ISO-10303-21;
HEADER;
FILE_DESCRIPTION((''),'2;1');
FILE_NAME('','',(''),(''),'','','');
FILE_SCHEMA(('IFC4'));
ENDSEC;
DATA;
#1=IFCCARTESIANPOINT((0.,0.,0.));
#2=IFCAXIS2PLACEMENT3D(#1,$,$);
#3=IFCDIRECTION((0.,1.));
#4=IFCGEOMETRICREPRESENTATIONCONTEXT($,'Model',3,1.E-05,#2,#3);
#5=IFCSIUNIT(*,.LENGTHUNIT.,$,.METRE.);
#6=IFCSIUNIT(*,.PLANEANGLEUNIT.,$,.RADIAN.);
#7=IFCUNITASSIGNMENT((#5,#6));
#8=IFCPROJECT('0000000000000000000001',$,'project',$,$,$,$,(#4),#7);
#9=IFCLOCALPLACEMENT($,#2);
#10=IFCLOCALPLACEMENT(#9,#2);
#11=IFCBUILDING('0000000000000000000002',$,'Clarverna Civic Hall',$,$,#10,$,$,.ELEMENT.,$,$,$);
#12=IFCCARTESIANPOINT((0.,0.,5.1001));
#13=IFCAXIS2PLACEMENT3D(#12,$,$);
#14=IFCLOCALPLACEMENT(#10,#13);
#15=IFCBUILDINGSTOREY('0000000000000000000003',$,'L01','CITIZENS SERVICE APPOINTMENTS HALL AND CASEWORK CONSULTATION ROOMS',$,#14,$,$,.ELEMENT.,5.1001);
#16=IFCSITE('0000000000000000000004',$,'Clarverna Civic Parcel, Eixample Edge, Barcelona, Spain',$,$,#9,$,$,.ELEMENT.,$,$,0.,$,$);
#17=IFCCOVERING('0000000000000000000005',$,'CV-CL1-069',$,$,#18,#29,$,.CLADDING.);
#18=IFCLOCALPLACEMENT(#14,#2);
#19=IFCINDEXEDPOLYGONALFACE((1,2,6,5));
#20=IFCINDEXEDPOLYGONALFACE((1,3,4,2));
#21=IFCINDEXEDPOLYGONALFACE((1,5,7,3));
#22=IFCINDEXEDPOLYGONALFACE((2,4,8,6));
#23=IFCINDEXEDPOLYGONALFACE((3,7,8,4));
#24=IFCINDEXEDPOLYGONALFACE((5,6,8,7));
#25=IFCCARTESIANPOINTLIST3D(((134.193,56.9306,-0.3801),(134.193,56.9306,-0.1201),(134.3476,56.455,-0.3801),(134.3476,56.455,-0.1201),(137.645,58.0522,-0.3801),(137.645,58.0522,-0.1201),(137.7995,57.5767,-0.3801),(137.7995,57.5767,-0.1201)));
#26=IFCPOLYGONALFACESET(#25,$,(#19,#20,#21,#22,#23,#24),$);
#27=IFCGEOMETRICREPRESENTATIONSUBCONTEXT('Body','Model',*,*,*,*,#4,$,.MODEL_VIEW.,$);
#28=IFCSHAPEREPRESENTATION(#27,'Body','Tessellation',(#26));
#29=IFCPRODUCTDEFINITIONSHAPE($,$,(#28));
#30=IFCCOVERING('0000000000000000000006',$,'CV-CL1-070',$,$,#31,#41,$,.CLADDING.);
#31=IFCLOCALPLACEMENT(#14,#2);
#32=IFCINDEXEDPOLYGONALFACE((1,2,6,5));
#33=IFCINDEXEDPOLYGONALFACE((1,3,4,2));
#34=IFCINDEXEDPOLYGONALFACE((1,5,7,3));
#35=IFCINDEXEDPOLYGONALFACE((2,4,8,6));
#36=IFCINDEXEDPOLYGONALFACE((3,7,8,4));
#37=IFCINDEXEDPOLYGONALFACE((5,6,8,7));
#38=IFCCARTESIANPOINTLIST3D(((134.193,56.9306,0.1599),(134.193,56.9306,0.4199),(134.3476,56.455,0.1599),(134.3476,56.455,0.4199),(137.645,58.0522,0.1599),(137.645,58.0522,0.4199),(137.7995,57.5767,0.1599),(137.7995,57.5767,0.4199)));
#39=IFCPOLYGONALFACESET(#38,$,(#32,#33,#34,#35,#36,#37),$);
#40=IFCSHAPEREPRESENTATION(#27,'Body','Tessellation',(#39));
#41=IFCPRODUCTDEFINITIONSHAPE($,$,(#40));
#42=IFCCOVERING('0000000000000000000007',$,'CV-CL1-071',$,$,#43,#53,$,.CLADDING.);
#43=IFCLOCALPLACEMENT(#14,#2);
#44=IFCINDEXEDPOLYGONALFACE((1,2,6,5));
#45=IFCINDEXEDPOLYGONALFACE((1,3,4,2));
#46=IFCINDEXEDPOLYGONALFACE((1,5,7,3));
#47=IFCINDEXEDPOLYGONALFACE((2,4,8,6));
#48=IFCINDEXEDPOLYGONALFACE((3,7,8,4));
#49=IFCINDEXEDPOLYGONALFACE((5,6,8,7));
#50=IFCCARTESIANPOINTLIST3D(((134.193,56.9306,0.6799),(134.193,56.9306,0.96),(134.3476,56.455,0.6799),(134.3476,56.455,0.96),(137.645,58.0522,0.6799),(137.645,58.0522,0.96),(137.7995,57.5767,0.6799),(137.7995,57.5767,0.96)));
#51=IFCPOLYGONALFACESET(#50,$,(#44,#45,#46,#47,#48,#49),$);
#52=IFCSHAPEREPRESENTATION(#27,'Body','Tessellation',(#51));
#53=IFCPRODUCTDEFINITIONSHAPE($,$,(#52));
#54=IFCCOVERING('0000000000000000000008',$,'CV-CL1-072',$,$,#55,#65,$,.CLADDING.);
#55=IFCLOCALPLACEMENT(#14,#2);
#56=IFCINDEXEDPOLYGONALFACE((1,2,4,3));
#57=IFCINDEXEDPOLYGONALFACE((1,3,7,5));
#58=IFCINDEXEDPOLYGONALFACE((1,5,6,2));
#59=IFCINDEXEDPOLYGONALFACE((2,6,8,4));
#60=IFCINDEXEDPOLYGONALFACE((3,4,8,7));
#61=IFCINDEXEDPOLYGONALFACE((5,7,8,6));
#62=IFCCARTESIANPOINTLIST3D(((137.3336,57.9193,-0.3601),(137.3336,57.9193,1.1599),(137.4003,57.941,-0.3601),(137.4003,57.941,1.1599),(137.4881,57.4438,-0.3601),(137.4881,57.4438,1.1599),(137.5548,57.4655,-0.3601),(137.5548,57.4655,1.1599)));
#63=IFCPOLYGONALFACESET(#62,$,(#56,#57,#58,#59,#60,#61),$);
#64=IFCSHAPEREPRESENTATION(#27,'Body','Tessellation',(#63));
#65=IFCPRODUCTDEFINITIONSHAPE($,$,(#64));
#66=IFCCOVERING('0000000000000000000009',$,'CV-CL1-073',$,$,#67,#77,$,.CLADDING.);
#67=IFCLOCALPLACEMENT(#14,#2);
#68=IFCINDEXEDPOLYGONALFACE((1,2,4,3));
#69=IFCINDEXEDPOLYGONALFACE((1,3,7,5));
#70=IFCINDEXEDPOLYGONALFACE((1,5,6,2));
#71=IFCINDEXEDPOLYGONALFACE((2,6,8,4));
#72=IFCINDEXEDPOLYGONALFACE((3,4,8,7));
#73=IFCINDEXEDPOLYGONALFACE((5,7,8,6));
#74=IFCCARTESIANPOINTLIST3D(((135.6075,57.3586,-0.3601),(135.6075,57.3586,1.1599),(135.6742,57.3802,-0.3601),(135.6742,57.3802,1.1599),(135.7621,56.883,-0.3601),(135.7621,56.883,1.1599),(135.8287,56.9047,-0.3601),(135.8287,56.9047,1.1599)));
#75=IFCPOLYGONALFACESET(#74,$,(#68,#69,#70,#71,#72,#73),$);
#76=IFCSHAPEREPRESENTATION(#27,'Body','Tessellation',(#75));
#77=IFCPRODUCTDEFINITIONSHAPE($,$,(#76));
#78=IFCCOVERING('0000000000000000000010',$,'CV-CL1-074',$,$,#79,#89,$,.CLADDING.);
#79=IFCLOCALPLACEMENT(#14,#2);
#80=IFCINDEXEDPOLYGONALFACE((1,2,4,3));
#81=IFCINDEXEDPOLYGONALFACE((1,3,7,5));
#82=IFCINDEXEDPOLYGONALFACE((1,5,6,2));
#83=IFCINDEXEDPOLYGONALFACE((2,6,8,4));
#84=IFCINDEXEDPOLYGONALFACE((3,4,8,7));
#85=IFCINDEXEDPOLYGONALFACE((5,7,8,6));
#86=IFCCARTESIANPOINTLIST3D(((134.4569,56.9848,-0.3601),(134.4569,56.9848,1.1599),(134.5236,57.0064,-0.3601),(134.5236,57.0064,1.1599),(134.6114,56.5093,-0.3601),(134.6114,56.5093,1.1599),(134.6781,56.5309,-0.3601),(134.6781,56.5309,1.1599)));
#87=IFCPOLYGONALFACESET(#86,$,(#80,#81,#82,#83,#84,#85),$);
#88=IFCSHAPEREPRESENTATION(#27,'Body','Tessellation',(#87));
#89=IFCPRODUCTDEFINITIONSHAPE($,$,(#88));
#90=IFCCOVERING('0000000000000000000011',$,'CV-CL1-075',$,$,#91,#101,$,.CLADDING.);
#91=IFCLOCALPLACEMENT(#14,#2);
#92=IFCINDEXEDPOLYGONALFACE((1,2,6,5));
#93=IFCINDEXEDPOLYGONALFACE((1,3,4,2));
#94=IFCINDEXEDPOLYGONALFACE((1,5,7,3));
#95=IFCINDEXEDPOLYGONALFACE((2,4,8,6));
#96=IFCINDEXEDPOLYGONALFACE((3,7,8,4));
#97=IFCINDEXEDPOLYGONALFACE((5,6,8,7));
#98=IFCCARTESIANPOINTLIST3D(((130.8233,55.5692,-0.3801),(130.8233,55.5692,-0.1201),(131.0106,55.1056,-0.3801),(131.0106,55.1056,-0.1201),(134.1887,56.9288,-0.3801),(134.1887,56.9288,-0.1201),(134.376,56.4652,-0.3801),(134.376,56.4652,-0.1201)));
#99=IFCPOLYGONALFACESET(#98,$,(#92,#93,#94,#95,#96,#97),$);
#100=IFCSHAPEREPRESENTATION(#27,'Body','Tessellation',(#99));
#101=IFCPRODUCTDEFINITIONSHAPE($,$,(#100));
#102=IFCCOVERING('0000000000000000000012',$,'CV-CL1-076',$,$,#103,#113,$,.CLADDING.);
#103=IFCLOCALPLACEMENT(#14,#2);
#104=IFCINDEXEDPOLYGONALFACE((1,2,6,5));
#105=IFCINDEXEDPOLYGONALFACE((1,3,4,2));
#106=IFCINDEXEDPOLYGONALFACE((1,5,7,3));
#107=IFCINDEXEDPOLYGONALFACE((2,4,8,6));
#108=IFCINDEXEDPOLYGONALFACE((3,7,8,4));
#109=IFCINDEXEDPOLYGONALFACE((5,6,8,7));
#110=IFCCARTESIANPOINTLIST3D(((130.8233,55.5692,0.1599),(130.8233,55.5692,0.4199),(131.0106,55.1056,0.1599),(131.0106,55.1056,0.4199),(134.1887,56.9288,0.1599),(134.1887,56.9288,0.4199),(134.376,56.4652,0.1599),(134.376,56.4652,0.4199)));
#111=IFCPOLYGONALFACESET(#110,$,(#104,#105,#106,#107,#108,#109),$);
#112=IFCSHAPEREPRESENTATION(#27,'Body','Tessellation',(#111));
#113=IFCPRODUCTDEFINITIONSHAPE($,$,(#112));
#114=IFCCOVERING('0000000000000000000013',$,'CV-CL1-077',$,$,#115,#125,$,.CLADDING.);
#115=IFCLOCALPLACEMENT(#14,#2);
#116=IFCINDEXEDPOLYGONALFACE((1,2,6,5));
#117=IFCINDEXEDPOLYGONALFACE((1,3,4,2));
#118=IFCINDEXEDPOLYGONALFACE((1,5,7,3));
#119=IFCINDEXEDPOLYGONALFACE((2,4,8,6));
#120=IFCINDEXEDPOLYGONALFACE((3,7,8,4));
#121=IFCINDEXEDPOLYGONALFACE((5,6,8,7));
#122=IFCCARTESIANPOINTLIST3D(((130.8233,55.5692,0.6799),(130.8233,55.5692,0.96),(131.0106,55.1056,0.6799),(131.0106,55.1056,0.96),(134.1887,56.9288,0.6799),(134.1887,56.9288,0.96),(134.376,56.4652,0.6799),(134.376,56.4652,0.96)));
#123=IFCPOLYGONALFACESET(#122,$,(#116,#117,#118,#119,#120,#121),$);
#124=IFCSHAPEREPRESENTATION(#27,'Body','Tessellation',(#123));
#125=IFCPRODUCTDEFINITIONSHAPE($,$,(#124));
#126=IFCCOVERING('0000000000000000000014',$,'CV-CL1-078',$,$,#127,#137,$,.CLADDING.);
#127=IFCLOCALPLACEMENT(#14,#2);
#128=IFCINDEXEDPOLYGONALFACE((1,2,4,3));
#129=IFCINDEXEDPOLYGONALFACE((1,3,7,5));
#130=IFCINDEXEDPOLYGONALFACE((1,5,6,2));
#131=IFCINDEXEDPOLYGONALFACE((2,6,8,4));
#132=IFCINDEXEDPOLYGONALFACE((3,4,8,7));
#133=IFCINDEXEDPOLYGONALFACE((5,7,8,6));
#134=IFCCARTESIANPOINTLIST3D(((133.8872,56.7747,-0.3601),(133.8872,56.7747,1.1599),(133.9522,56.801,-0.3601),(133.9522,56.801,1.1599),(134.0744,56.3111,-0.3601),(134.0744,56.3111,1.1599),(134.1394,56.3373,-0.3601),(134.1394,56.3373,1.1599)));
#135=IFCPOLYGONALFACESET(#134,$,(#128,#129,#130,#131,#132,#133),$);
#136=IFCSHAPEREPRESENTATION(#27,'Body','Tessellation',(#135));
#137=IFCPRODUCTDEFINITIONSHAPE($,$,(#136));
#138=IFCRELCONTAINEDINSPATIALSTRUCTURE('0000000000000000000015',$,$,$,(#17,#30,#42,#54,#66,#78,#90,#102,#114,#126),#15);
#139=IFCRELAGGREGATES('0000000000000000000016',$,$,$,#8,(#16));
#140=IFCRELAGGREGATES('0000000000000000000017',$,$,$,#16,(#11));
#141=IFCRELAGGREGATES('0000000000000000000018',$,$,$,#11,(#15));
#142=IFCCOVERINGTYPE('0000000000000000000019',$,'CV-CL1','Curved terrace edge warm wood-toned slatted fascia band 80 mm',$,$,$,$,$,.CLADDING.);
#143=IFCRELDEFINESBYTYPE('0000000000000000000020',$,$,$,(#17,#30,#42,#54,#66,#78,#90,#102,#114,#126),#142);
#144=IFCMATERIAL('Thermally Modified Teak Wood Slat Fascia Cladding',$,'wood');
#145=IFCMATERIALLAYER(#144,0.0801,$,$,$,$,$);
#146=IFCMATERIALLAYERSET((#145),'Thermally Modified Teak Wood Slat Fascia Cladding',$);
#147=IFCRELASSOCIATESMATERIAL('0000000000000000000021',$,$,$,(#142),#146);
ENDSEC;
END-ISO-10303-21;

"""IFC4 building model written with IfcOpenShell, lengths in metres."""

from ifc_helpers import new_model, si_unit, direction, frame, frame_2d, origin, place, context, subcontext, project, spatial, rectangle, extrude, material, layer, layer_set, type_object, element, save


model = new_model("IFC4")

# Units and contexts
model_context = context("Model", 3, precision=1e-05, world=origin(), true_north=direction((0.0, 1.0)))
body_context = subcontext(model_context, "Body", "Model", "MODEL_VIEW")
ifc_project = project(units=[si_unit("LENGTHUNIT", "METRE"), si_unit("PLANEANGLEUNIT", "RADIAN")], contexts=[model_context])

# Site, building, storey
site_placement = place(None, origin())
site = spatial("IfcSite", under=ifc_project, at=site_placement, Name="Clarverna Civic Parcel, Eixample Edge, Barcelona, Spain", CompositionType="ELEMENT", RefElevation=0.0)
building_placement = place(site_placement, origin())
building = spatial("IfcBuilding", under=site, at=building_placement, Name="Clarverna Civic Hall", CompositionType="ELEMENT")
storey_placement = place(building_placement, frame((0.0, 0.0, 5.1001)))
storey = spatial("IfcBuildingStorey", under=building, at=storey_placement, Name="L01", Description="CITIZENS SERVICE APPOINTMENTS HALL AND CASEWORK CONSULTATION ROOMS", CompositionType="ELEMENT", Elevation=5.1001)

# Coverings
ifc_material_1 = material(Name="Thermally Modified Teak Wood Slat Fascia Cladding", Category="wood")
ifc_layer_1 = layer(ifc_material_1, 0.0801)
ifc_layer_set_1 = layer_set([ifc_layer_1], Name="Thermally Modified Teak Wood Slat Fascia Cladding")
covering_type = type_object("IfcCoveringType", Name="CV-CL1", Description="Curved terrace edge warm wood-toned slatted fascia band 80 mm", PredefinedType="CLADDING", material=ifc_layer_set_1)
for number, where, z_axis, x_axis, name in (
    (1, (137.7224, 57.8145, -0.3801), (0.0, 0.0, 1.0), (-0.951057, -0.309015, 0.0), "CV-CL1-069"),
    (2, (137.7224, 57.8145, 0.1599), (0.0, 0.0, 1.0), (-0.951057, -0.309015, 0.0), "CV-CL1-070"),
):
    element("IfcCovering", number, at=place(storey_placement, frame(where, z_axis=z_axis, x_axis=x_axis)), inside=storey, type_object=covering_type, Name=name, PredefinedType="CLADDING", context=body_context, shape_type="SweptSolid", body=[
        extrude(rectangle(XDim=3.6296, YDim=0.5, at=frame_2d((1.8149, 0.0))), origin(), (0.0, 0.0, 1.0), 0.26),
    ])
covering_1_placement = place(storey_placement, frame((137.7224, 57.8145, 0.6799), z_axis=(0.0, 0.0, 1.0), x_axis=(-0.951057, -0.309015, 0.0)))
element("IfcCovering", 3, at=covering_1_placement, inside=storey, type_object=covering_type, Name="CV-CL1-071", PredefinedType="CLADDING", context=body_context, shape_type="SweptSolid", body=[
    extrude(rectangle(XDim=3.6296, YDim=0.5, at=frame_2d((1.8149, 0.0))), origin(), (0.0, 0.0, 1.0), 0.28),
])
for number, where, z_axis, x_axis, name in (
    (4, (137.3669, 57.9302, -0.3601), (0.0, 0.0, 1.0), (0.309042, -0.951048, 0.0), "CV-CL1-072"),
    (5, (135.6409, 57.3694, -0.3601), (0.0, 0.0, 1.0), (0.309042, -0.951048, 0.0), "CV-CL1-073"),
    (6, (134.4902, 56.9956, -0.3601), (0.0, 0.0, 1.0), (0.309042, -0.951048, 0.0), "CV-CL1-074"),
):
    element("IfcCovering", number, at=place(storey_placement, frame(where, z_axis=z_axis, x_axis=x_axis)), inside=storey, type_object=covering_type, Name=name, PredefinedType="CLADDING", context=body_context, shape_type="SweptSolid", body=[
        extrude(rectangle(XDim=0.5, YDim=0.0701, at=frame_2d((0.25, 0.0))), origin(), (0.0, 0.0, 1.0), 1.52),
    ])
for number, where, z_axis, x_axis, name in (
    (7, (134.2825, 56.697, -0.3801), (0.0, 0.0, 1.0), (-0.927196, -0.374578, 0.0), "CV-CL1-075"),
    (8, (134.2825, 56.697, 0.1599), (0.0, 0.0, 1.0), (-0.927196, -0.374578, 0.0), "CV-CL1-076"),
):
    element("IfcCovering", number, at=place(storey_placement, frame(where, z_axis=z_axis, x_axis=x_axis)), inside=storey, type_object=covering_type, Name=name, PredefinedType="CLADDING", context=body_context, shape_type="SweptSolid", body=[
        extrude(rectangle(XDim=3.6296, YDim=0.5, at=frame_2d((1.8149, 0.0))), origin(), (0.0, 0.0, 1.0), 0.26),
    ])
covering_2_placement = place(storey_placement, frame((134.2825, 56.697, 0.6799), z_axis=(0.0, 0.0, 1.0), x_axis=(-0.927196, -0.374578, 0.0)))
element("IfcCovering", 9, at=covering_2_placement, inside=storey, type_object=covering_type, Name="CV-CL1-077", PredefinedType="CLADDING", context=body_context, shape_type="SweptSolid", body=[
    extrude(rectangle(XDim=3.6296, YDim=0.5, at=frame_2d((1.8149, 0.0))), origin(), (0.0, 0.0, 1.0), 0.28),
])
covering_3_placement = place(storey_placement, frame((133.9197, 56.7878, -0.3601), z_axis=(0.0, 0.0, 1.0), x_axis=(0.374503, -0.927226, 0.0)))
element("IfcCovering", 10, at=covering_3_placement, inside=storey, type_object=covering_type, Name="CV-CL1-078", PredefinedType="CLADDING", context=body_context, shape_type="SweptSolid", body=[
    extrude(rectangle(XDim=0.5, YDim=0.0701, at=frame_2d((0.25, 0.0))), origin(), (0.0, 0.0, 1.0), 1.52),
])

save(model, "model.ifc")
